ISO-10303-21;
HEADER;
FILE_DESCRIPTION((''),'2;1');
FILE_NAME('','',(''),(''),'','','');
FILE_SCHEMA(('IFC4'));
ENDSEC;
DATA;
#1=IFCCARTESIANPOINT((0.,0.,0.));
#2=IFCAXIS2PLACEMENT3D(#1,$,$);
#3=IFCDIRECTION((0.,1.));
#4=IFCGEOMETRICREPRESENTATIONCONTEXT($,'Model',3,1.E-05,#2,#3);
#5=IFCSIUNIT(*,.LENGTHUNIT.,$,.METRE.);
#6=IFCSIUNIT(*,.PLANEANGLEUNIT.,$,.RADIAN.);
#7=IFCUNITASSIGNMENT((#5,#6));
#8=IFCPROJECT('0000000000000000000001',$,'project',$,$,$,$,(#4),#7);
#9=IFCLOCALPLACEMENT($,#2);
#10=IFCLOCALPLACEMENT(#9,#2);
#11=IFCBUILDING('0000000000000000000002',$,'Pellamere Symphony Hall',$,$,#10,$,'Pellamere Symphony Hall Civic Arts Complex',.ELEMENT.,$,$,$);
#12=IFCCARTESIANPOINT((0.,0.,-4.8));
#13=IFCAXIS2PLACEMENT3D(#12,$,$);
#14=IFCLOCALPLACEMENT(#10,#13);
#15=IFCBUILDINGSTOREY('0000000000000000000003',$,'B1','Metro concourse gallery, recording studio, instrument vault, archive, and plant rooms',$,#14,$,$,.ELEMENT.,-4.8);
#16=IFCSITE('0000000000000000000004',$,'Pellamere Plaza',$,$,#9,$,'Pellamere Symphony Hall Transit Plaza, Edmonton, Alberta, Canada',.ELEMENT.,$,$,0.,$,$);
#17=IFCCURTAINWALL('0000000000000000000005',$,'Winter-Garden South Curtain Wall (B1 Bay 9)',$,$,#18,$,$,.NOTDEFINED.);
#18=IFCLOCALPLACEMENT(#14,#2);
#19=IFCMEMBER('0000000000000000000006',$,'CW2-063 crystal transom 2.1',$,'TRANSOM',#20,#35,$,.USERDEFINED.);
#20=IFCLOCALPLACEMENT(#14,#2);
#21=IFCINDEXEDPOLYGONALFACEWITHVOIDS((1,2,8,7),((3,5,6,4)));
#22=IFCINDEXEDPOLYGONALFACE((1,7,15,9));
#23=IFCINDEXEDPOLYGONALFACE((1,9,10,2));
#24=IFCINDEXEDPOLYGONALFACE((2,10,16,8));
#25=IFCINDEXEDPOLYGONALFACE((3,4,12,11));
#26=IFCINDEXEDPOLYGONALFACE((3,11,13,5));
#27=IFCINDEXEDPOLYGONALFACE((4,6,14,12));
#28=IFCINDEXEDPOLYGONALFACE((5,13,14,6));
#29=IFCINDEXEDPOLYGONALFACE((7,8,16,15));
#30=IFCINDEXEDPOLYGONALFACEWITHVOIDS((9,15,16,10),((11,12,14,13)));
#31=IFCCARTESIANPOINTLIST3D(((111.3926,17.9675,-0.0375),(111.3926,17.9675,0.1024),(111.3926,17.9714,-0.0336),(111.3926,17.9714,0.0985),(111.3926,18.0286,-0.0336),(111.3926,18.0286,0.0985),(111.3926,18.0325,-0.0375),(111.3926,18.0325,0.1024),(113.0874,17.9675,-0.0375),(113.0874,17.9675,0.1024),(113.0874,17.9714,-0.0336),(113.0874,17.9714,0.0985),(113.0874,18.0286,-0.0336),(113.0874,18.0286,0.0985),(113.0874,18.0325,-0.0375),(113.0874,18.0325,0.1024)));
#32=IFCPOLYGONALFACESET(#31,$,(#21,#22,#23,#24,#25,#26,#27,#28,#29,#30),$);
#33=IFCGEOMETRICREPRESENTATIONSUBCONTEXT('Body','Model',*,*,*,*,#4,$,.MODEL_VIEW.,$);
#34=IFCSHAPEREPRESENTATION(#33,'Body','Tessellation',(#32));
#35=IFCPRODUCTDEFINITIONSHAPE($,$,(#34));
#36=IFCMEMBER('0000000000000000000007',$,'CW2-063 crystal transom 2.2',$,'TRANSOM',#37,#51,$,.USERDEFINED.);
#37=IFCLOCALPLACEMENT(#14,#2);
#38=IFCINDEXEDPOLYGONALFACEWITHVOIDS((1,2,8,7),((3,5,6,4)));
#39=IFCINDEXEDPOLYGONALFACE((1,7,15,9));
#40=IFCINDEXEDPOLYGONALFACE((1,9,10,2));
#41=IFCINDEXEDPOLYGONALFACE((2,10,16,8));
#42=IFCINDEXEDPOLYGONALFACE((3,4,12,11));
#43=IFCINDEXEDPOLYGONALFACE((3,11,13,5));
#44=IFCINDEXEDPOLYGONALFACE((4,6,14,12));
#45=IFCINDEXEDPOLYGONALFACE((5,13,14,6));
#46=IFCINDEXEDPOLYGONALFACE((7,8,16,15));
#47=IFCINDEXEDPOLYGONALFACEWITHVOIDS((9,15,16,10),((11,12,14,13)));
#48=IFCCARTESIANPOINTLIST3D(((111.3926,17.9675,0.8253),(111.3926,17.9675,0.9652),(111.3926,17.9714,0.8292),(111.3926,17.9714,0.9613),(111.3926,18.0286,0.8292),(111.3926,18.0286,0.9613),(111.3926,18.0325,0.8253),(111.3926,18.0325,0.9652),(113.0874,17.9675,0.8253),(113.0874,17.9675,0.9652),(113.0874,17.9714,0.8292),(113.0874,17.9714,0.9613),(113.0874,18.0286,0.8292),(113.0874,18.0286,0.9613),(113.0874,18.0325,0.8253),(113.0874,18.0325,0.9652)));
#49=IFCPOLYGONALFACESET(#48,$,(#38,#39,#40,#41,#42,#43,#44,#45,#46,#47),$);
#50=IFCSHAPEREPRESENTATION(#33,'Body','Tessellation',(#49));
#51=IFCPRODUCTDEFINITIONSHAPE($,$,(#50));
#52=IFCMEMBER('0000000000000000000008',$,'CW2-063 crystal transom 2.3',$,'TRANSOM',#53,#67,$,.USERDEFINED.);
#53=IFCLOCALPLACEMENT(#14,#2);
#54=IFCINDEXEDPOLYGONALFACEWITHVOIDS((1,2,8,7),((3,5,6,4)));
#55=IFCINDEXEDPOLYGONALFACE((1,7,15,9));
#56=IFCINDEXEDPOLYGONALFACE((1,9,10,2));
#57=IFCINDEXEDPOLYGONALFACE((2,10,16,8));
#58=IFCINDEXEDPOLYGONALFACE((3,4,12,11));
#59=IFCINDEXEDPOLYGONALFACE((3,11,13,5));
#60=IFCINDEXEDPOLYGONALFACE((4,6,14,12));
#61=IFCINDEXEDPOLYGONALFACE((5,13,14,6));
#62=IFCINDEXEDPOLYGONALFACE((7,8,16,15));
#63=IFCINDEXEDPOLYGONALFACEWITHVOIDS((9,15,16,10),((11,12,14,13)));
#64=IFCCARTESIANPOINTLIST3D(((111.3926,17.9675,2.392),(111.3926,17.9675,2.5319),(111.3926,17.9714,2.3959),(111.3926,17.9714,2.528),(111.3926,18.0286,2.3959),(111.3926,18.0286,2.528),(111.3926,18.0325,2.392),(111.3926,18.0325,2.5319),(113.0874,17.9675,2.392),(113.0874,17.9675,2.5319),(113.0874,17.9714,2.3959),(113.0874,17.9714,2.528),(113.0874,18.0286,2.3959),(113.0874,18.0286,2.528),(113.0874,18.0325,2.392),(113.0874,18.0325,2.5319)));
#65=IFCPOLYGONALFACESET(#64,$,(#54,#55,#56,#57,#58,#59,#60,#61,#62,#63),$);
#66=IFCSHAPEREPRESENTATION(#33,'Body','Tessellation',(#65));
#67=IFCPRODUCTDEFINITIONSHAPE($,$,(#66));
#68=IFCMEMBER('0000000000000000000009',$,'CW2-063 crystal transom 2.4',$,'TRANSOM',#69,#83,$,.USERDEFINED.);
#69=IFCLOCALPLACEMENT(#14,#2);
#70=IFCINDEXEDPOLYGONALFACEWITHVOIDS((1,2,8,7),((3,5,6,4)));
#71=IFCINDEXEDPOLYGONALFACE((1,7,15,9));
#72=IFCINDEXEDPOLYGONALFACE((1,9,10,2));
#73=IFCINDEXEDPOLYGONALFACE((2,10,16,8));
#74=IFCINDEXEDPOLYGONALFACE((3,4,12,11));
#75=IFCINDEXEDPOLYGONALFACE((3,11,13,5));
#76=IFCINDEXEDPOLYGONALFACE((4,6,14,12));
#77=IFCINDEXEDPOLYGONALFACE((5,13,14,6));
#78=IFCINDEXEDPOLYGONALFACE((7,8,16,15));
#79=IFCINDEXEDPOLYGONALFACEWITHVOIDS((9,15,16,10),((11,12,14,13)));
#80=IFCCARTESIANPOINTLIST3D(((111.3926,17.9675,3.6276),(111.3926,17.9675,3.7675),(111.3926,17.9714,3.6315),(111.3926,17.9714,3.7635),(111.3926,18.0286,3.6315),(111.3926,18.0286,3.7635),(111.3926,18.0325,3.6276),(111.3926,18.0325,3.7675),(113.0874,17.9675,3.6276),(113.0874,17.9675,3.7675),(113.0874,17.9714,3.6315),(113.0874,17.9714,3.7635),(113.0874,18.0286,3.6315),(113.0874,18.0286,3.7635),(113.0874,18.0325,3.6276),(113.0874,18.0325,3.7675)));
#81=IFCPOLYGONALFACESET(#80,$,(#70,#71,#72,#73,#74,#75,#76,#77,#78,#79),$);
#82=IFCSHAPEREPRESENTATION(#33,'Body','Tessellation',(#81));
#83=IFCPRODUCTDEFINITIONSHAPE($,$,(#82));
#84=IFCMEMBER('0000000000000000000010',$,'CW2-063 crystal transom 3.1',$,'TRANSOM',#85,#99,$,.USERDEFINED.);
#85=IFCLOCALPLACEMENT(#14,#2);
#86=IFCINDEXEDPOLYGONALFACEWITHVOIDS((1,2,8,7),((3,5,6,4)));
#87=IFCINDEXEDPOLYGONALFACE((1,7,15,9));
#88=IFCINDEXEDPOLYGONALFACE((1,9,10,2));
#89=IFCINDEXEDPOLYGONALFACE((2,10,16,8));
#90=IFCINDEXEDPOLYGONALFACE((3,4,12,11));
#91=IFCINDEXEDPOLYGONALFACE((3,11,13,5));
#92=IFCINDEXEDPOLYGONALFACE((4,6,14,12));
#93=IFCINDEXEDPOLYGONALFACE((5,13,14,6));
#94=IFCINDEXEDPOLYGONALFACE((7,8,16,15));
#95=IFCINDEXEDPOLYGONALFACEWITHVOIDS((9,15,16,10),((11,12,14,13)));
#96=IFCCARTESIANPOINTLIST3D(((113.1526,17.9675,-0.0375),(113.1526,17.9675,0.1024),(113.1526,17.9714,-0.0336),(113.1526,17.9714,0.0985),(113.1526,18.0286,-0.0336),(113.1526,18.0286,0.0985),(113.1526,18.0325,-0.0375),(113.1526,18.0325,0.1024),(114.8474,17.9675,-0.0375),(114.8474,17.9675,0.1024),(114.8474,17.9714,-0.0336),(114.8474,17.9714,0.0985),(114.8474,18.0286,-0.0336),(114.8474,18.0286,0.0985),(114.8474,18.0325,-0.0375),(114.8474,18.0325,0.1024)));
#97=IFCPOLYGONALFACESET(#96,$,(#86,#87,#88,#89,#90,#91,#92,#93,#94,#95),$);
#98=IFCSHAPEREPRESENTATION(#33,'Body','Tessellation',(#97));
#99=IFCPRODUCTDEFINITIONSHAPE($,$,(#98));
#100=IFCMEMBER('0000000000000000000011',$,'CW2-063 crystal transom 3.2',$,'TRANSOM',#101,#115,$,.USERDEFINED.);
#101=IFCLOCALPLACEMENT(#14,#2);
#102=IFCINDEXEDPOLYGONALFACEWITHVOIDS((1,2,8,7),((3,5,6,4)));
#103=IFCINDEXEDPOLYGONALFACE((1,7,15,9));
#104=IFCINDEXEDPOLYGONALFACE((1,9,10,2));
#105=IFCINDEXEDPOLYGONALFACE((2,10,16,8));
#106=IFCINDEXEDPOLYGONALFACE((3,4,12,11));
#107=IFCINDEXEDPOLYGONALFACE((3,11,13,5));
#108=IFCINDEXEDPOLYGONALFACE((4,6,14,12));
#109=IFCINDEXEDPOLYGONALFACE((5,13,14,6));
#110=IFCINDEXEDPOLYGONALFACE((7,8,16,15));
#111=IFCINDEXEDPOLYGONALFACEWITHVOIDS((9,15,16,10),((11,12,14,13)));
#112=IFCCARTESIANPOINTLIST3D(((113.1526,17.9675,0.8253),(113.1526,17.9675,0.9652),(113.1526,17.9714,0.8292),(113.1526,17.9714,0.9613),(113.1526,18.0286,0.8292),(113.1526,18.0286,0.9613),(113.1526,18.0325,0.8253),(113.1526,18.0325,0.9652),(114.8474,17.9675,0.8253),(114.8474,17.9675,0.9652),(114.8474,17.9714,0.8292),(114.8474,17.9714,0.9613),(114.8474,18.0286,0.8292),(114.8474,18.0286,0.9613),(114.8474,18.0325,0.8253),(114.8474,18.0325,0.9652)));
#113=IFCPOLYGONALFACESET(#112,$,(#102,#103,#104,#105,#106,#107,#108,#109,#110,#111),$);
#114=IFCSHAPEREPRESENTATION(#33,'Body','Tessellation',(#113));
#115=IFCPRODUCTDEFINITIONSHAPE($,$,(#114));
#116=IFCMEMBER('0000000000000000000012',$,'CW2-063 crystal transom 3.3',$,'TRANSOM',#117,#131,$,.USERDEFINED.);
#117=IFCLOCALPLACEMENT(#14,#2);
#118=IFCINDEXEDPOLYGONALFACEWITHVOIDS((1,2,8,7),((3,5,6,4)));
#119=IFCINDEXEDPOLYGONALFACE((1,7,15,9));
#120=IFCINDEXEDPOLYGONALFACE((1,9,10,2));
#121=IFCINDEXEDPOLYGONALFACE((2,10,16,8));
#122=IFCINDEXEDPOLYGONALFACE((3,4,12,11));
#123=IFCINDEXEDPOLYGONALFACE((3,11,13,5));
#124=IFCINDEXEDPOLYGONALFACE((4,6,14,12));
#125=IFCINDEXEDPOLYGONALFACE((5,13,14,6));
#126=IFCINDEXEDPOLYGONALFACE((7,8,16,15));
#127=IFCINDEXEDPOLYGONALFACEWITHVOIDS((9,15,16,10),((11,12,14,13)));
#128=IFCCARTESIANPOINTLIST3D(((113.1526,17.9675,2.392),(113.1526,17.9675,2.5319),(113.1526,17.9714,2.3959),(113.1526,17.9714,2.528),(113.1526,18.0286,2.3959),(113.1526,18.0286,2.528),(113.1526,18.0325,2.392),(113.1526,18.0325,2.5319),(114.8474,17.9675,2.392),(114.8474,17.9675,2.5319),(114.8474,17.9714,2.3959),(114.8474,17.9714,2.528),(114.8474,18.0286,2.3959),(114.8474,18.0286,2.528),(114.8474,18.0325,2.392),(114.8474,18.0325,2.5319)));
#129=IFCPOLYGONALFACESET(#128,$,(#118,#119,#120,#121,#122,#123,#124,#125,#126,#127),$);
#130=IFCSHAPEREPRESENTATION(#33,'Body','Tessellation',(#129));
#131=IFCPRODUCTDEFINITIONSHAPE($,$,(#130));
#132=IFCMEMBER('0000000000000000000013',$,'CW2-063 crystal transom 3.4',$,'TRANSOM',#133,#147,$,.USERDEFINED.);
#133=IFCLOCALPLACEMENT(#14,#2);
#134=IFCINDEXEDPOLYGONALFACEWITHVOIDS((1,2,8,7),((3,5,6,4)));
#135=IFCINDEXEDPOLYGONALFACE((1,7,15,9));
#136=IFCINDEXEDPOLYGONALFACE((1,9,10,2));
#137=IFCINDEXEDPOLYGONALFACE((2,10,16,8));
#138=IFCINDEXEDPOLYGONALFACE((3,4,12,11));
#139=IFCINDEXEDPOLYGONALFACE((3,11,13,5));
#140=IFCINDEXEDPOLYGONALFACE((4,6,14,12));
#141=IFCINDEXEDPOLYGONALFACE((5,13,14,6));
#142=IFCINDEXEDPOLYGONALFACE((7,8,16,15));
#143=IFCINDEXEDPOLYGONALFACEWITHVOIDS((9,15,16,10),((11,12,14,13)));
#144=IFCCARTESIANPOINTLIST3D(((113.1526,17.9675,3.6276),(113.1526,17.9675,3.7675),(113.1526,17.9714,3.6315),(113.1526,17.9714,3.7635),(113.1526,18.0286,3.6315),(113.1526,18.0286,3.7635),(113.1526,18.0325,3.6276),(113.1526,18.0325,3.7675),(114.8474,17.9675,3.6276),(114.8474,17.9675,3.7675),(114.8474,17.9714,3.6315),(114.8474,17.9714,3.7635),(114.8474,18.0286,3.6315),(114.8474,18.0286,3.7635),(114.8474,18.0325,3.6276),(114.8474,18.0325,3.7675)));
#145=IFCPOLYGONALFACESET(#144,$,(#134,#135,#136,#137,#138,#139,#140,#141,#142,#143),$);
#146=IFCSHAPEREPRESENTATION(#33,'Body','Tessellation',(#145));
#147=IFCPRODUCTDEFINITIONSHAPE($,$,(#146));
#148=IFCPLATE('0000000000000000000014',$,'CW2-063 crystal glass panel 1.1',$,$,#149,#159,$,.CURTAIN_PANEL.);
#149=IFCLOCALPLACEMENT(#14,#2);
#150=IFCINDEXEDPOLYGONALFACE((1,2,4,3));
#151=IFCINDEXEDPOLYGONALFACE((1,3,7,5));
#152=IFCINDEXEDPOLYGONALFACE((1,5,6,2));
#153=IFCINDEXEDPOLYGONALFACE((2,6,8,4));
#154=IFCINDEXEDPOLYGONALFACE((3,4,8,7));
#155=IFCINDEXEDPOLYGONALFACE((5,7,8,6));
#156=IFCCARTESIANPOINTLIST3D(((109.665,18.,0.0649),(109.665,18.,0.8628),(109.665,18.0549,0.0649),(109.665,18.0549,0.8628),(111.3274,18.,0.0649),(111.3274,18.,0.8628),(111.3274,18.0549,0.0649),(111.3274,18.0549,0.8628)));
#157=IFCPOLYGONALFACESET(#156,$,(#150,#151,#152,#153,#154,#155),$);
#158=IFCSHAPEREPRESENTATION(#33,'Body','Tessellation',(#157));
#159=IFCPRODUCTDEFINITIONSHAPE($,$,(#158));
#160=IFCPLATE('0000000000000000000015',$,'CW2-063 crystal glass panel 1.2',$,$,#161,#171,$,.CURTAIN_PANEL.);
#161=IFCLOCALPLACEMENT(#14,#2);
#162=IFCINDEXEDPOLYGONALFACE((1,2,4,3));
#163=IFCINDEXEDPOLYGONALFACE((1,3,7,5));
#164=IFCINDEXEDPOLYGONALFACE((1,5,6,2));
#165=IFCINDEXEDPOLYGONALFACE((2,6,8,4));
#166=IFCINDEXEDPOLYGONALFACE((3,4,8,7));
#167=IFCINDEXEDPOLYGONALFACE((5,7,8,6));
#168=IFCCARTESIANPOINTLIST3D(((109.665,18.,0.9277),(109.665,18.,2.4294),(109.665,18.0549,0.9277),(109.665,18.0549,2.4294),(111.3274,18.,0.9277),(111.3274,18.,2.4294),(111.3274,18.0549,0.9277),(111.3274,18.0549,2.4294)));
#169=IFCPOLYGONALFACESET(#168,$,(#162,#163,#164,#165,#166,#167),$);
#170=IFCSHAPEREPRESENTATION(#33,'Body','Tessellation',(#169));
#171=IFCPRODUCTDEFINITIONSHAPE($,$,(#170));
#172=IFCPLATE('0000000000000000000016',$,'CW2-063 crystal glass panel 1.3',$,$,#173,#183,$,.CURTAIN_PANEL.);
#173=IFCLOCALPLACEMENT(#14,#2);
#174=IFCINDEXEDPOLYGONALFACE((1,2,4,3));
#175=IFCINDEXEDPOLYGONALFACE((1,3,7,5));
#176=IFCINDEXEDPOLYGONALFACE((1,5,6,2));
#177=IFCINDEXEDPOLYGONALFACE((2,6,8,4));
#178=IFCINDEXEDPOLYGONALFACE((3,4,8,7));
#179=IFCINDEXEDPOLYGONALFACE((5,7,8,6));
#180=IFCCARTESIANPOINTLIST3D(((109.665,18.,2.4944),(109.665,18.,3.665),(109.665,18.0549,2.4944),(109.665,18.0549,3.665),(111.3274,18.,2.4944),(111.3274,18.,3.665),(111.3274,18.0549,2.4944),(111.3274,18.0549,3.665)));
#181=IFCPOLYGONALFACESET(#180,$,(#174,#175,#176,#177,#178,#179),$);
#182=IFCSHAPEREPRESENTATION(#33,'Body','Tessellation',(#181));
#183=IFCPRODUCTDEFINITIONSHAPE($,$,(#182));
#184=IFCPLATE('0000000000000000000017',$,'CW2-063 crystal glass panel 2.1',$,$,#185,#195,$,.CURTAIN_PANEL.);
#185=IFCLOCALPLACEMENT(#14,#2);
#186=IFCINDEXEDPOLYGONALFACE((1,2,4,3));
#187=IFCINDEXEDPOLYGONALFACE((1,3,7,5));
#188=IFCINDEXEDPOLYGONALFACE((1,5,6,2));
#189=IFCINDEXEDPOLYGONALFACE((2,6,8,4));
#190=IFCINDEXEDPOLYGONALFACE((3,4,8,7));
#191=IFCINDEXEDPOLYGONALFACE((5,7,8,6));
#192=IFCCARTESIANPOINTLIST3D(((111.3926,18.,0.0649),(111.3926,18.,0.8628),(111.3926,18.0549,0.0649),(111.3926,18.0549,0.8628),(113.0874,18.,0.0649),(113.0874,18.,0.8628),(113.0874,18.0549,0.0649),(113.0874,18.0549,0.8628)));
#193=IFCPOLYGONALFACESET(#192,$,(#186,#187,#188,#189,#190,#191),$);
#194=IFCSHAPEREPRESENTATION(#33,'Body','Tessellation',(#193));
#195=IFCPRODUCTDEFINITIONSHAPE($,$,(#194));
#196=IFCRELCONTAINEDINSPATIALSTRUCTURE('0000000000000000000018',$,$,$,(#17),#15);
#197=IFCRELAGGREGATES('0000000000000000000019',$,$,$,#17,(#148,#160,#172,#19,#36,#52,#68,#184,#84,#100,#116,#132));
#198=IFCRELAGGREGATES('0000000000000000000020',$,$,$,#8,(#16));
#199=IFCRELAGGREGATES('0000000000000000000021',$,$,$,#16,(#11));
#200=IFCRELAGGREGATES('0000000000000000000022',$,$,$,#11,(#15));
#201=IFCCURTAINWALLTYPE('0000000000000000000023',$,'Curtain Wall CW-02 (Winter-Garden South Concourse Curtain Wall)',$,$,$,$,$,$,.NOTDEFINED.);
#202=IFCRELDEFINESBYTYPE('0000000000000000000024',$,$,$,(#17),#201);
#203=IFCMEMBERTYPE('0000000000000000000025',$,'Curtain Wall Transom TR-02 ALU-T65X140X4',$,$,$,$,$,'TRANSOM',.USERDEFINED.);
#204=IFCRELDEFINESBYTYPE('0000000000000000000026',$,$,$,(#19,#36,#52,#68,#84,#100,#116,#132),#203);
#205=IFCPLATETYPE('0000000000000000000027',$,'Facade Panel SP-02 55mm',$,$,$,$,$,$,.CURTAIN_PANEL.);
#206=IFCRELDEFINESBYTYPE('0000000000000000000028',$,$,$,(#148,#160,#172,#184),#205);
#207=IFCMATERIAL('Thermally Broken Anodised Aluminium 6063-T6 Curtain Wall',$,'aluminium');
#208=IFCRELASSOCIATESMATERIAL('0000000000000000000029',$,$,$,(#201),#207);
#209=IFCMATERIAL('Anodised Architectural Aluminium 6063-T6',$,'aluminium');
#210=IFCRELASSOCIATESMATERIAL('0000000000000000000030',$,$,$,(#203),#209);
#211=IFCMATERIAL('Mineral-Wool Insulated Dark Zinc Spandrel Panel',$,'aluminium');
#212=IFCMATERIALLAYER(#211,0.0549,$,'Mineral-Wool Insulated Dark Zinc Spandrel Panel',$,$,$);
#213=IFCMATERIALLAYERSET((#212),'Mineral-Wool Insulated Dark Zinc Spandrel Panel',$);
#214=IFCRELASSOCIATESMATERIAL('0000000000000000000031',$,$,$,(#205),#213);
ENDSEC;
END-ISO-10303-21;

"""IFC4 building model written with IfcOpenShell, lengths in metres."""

from ifc_helpers import new_model, si_unit, direction, frame, origin, origin_2d, place, context, subcontext, project, spatial, polyline, hollow_rectangle, outline, extrude, material, layer, layer_set, material_profile, profile_set, type_object, element, aggregate, save


model = new_model("IFC4")

# Units and contexts
model_context = context("Model", 3, precision=1e-05, world=origin(), true_north=direction((0.0, 1.0)))
body_context = subcontext(model_context, "Body", "Model", "MODEL_VIEW")
ifc_project = project(units=[si_unit("LENGTHUNIT", "METRE"), si_unit("PLANEANGLEUNIT", "RADIAN")], contexts=[model_context])

# Site, building, storey
site_placement = place(None, origin())
site = spatial("IfcSite", under=ifc_project, at=site_placement, Name="Pellamere Plaza", LongName="Pellamere Symphony Hall Transit Plaza, Edmonton, Alberta, Canada", CompositionType="ELEMENT", RefElevation=0.0)
building_placement = place(site_placement, origin())
building = spatial("IfcBuilding", under=site, at=building_placement, Name="Pellamere Symphony Hall", LongName="Pellamere Symphony Hall Civic Arts Complex", CompositionType="ELEMENT")
storey_placement = place(building_placement, frame((0.0, 0.0, -4.8)))
storey = spatial("IfcBuildingStorey", under=building, at=storey_placement, Name="B1", Description="Metro concourse gallery, recording studio, instrument vault, archive, and plant rooms", CompositionType="ELEMENT", Elevation=-4.8)

# Shared definitions
ifc_material_1 = material(Name="Thermally Broken Anodised Aluminium 6063-T6 Curtain Wall", Category="aluminium")
curtain_wall_type = type_object("IfcCurtainWallType", Name="Curtain Wall CW-02 (Winter-Garden South Concourse Curtain Wall)", PredefinedType="NOTDEFINED", material=ifc_material_1)
ifc_material_2 = material(Name="Anodised Architectural Aluminium 6063-T6", Category="aluminium")

# Curtain wall, members, plates
curtain_wall_1_placement = place(storey_placement, origin())
curtain_wall_1 = element("IfcCurtainWall", 1, at=curtain_wall_1_placement, inside=storey, type_object=curtain_wall_type, Name="Winter-Garden South Curtain Wall (B1 Bay 9)", PredefinedType="NOTDEFINED")
ifc_material_profile_1 = material_profile(ifc_material_2, hollow_rectangle(XDim=0.0649, YDim=0.1399, WallThickness=0.0039, at=origin_2d()), Name="ALU-T65X140X4")
ifc_profile_set_1 = profile_set([ifc_material_profile_1], Name="Anodised Architectural Aluminium 6063-T6")
member_type_1 = type_object("IfcMemberType", Name="Curtain Wall Transom TR-02 ALU-T65X140X4", ElementType="TRANSOM", PredefinedType="USERDEFINED", material=ifc_profile_set_1)
member_1_placement = place(storey_placement, frame((111.3926, 18.0, 0.0325), z_axis=(1.0, 0.0, 0.0), x_axis=(0.0, 1.0, 0.0)))
member_1 = element("IfcMember", 2, at=member_1_placement, type_object=member_type_1, Name="CW2-063 crystal transom 2.1", ObjectType="TRANSOM", PredefinedType="USERDEFINED", context=body_context, shape_type="SweptSolid", body=[
    extrude(hollow_rectangle(XDim=0.0649, YDim=0.1399, WallThickness=0.0039, at=origin_2d()), origin(), (0.0, 0.0, 1.0), 1.6948),
])
member_2_placement = place(storey_placement, frame((111.3926, 18.0, 0.8953), z_axis=(1.0, 0.0, 0.0), x_axis=(0.0, 1.0, 0.0)))
member_2 = element("IfcMember", 3, at=member_2_placement, type_object=member_type_1, Name="CW2-063 crystal transom 2.2", ObjectType="TRANSOM", PredefinedType="USERDEFINED", context=body_context, shape_type="SweptSolid", body=[
    extrude(hollow_rectangle(XDim=0.0649, YDim=0.1399, WallThickness=0.0039, at=origin_2d()), origin(), (0.0, 0.0, 1.0), 1.6948),
])
member_3_placement = place(storey_placement, frame((111.3926, 18.0, 2.4619), z_axis=(1.0, 0.0, 0.0), x_axis=(0.0, 1.0, 0.0)))
member_3 = element("IfcMember", 4, at=member_3_placement, type_object=member_type_1, Name="CW2-063 crystal transom 2.3", ObjectType="TRANSOM", PredefinedType="USERDEFINED", context=body_context, shape_type="SweptSolid", body=[
    extrude(hollow_rectangle(XDim=0.0649, YDim=0.1399, WallThickness=0.0039, at=origin_2d()), origin(), (0.0, 0.0, 1.0), 1.6948),
])
member_4_placement = place(storey_placement, frame((111.3926, 18.0, 3.6975), z_axis=(1.0, 0.0, 0.0), x_axis=(0.0, 1.0, 0.0)))
member_4 = element("IfcMember", 5, at=member_4_placement, type_object=member_type_1, Name="CW2-063 crystal transom 2.4", ObjectType="TRANSOM", PredefinedType="USERDEFINED", context=body_context, shape_type="SweptSolid", body=[
    extrude(hollow_rectangle(XDim=0.0649, YDim=0.1399, WallThickness=0.0039, at=origin_2d()), origin(), (0.0, 0.0, 1.0), 1.6948),
])
member_5_placement = place(storey_placement, frame((113.1526, 18.0, 0.0325), z_axis=(1.0, 0.0, 0.0), x_axis=(0.0, 1.0, 0.0)))
member_5 = element("IfcMember", 6, at=member_5_placement, type_object=member_type_1, Name="CW2-063 crystal transom 3.1", ObjectType="TRANSOM", PredefinedType="USERDEFINED", context=body_context, shape_type="SweptSolid", body=[
    extrude(hollow_rectangle(XDim=0.0649, YDim=0.1399, WallThickness=0.0039, at=origin_2d()), origin(), (0.0, 0.0, 1.0), 1.6948),
])
member_6_placement = place(storey_placement, frame((113.1526, 18.0, 0.8953), z_axis=(1.0, 0.0, 0.0), x_axis=(0.0, 1.0, 0.0)))
member_6 = element("IfcMember", 7, at=member_6_placement, type_object=member_type_1, Name="CW2-063 crystal transom 3.2", ObjectType="TRANSOM", PredefinedType="USERDEFINED", context=body_context, shape_type="SweptSolid", body=[
    extrude(hollow_rectangle(XDim=0.0649, YDim=0.1399, WallThickness=0.0039, at=origin_2d()), origin(), (0.0, 0.0, 1.0), 1.6948),
])
member_7_placement = place(storey_placement, frame((113.1526, 18.0, 2.4619), z_axis=(1.0, 0.0, 0.0), x_axis=(0.0, 1.0, 0.0)))
member_7 = element("IfcMember", 8, at=member_7_placement, type_object=member_type_1, Name="CW2-063 crystal transom 3.3", ObjectType="TRANSOM", PredefinedType="USERDEFINED", context=body_context, shape_type="SweptSolid", body=[
    extrude(hollow_rectangle(XDim=0.0649, YDim=0.1399, WallThickness=0.0039, at=origin_2d()), origin(), (0.0, 0.0, 1.0), 1.6948),
])
member_8_placement = place(storey_placement, frame((113.1526, 18.0, 3.6975), z_axis=(1.0, 0.0, 0.0), x_axis=(0.0, 1.0, 0.0)))
member_8 = element("IfcMember", 9, at=member_8_placement, type_object=member_type_1, Name="CW2-063 crystal transom 3.4", ObjectType="TRANSOM", PredefinedType="USERDEFINED", context=body_context, shape_type="SweptSolid", body=[
    extrude(hollow_rectangle(XDim=0.0649, YDim=0.1399, WallThickness=0.0039, at=origin_2d()), origin(), (0.0, 0.0, 1.0), 1.6948),
])
ifc_material_3 = material(Name="Mineral-Wool Insulated Dark Zinc Spandrel Panel", Category="aluminium")
ifc_layer = layer(ifc_material_3, 0.0549, Name="Mineral-Wool Insulated Dark Zinc Spandrel Panel")
ifc_layer_set = layer_set([ifc_layer], Name="Mineral-Wool Insulated Dark Zinc Spandrel Panel")
plate_type = type_object("IfcPlateType", Name="Facade Panel SP-02 55mm", PredefinedType="CURTAIN_PANEL", material=ifc_layer_set)
plate_1_placement = place(storey_placement, frame((109.665, 18.0, 0.0649), z_axis=(0.0, -1.0, 0.0), x_axis=(1.0, 0.0, 0.0)))
plate_1 = element("IfcPlate", 10, at=plate_1_placement, type_object=plate_type, Name="CW2-063 crystal glass panel 1.1", PredefinedType="CURTAIN_PANEL", context=body_context, shape_type="SweptSolid", body=[
    extrude(outline(polyline([(0.0, 0.0), (1.6624, 0.0), (1.6624, 0.7979), (0.0, 0.7979), (0.0, 0.0)])), origin(), (0.0, 0.0, -1.0), 0.0549),
])
plate_2_placement = place(storey_placement, frame((109.665, 18.0, 0.9277), z_axis=(0.0, -1.0, 0.0), x_axis=(1.0, 0.0, 0.0)))
plate_2 = element("IfcPlate", 11, at=plate_2_placement, type_object=plate_type, Name="CW2-063 crystal glass panel 1.2", PredefinedType="CURTAIN_PANEL", context=body_context, shape_type="SweptSolid", body=[
    extrude(outline(polyline([(0.0, 0.0), (1.6624, 0.0), (1.6624, 1.5017), (0.0, 1.5017), (0.0, 0.0)])), origin(), (0.0, 0.0, -1.0), 0.0549),
])
plate_3_placement = place(storey_placement, frame((109.665, 18.0, 2.4944), z_axis=(0.0, -1.0, 0.0), x_axis=(1.0, 0.0, 0.0)))
plate_3 = element("IfcPlate", 12, at=plate_3_placement, type_object=plate_type, Name="CW2-063 crystal glass panel 1.3", PredefinedType="CURTAIN_PANEL", context=body_context, shape_type="SweptSolid", body=[
    extrude(outline(polyline([(0.0, 0.0), (1.6624, 0.0), (1.6624, 1.1707), (0.0, 1.1707), (0.0, 0.0)])), origin(), (0.0, 0.0, -1.0), 0.0549),
])
plate_4_placement = place(storey_placement, frame((111.3926, 18.0, 0.0649), z_axis=(0.0, -1.0, 0.0), x_axis=(1.0, 0.0, 0.0)))
plate_4 = element("IfcPlate", 13, at=plate_4_placement, type_object=plate_type, Name="CW2-063 crystal glass panel 2.1", PredefinedType="CURTAIN_PANEL", context=body_context, shape_type="SweptSolid", body=[
    extrude(outline(polyline([(0.0, 0.0), (1.6948, 0.0), (1.6948, 0.7979), (0.0, 0.7979), (0.0, 0.0)])), origin(), (0.0, 0.0, -1.0), 0.0549),
])
aggregate(curtain_wall_1, [plate_1, plate_2, plate_3, member_1, member_2, member_3, member_4, plate_4, member_5, member_6, member_7, member_8])

save(model, "model.ifc")
